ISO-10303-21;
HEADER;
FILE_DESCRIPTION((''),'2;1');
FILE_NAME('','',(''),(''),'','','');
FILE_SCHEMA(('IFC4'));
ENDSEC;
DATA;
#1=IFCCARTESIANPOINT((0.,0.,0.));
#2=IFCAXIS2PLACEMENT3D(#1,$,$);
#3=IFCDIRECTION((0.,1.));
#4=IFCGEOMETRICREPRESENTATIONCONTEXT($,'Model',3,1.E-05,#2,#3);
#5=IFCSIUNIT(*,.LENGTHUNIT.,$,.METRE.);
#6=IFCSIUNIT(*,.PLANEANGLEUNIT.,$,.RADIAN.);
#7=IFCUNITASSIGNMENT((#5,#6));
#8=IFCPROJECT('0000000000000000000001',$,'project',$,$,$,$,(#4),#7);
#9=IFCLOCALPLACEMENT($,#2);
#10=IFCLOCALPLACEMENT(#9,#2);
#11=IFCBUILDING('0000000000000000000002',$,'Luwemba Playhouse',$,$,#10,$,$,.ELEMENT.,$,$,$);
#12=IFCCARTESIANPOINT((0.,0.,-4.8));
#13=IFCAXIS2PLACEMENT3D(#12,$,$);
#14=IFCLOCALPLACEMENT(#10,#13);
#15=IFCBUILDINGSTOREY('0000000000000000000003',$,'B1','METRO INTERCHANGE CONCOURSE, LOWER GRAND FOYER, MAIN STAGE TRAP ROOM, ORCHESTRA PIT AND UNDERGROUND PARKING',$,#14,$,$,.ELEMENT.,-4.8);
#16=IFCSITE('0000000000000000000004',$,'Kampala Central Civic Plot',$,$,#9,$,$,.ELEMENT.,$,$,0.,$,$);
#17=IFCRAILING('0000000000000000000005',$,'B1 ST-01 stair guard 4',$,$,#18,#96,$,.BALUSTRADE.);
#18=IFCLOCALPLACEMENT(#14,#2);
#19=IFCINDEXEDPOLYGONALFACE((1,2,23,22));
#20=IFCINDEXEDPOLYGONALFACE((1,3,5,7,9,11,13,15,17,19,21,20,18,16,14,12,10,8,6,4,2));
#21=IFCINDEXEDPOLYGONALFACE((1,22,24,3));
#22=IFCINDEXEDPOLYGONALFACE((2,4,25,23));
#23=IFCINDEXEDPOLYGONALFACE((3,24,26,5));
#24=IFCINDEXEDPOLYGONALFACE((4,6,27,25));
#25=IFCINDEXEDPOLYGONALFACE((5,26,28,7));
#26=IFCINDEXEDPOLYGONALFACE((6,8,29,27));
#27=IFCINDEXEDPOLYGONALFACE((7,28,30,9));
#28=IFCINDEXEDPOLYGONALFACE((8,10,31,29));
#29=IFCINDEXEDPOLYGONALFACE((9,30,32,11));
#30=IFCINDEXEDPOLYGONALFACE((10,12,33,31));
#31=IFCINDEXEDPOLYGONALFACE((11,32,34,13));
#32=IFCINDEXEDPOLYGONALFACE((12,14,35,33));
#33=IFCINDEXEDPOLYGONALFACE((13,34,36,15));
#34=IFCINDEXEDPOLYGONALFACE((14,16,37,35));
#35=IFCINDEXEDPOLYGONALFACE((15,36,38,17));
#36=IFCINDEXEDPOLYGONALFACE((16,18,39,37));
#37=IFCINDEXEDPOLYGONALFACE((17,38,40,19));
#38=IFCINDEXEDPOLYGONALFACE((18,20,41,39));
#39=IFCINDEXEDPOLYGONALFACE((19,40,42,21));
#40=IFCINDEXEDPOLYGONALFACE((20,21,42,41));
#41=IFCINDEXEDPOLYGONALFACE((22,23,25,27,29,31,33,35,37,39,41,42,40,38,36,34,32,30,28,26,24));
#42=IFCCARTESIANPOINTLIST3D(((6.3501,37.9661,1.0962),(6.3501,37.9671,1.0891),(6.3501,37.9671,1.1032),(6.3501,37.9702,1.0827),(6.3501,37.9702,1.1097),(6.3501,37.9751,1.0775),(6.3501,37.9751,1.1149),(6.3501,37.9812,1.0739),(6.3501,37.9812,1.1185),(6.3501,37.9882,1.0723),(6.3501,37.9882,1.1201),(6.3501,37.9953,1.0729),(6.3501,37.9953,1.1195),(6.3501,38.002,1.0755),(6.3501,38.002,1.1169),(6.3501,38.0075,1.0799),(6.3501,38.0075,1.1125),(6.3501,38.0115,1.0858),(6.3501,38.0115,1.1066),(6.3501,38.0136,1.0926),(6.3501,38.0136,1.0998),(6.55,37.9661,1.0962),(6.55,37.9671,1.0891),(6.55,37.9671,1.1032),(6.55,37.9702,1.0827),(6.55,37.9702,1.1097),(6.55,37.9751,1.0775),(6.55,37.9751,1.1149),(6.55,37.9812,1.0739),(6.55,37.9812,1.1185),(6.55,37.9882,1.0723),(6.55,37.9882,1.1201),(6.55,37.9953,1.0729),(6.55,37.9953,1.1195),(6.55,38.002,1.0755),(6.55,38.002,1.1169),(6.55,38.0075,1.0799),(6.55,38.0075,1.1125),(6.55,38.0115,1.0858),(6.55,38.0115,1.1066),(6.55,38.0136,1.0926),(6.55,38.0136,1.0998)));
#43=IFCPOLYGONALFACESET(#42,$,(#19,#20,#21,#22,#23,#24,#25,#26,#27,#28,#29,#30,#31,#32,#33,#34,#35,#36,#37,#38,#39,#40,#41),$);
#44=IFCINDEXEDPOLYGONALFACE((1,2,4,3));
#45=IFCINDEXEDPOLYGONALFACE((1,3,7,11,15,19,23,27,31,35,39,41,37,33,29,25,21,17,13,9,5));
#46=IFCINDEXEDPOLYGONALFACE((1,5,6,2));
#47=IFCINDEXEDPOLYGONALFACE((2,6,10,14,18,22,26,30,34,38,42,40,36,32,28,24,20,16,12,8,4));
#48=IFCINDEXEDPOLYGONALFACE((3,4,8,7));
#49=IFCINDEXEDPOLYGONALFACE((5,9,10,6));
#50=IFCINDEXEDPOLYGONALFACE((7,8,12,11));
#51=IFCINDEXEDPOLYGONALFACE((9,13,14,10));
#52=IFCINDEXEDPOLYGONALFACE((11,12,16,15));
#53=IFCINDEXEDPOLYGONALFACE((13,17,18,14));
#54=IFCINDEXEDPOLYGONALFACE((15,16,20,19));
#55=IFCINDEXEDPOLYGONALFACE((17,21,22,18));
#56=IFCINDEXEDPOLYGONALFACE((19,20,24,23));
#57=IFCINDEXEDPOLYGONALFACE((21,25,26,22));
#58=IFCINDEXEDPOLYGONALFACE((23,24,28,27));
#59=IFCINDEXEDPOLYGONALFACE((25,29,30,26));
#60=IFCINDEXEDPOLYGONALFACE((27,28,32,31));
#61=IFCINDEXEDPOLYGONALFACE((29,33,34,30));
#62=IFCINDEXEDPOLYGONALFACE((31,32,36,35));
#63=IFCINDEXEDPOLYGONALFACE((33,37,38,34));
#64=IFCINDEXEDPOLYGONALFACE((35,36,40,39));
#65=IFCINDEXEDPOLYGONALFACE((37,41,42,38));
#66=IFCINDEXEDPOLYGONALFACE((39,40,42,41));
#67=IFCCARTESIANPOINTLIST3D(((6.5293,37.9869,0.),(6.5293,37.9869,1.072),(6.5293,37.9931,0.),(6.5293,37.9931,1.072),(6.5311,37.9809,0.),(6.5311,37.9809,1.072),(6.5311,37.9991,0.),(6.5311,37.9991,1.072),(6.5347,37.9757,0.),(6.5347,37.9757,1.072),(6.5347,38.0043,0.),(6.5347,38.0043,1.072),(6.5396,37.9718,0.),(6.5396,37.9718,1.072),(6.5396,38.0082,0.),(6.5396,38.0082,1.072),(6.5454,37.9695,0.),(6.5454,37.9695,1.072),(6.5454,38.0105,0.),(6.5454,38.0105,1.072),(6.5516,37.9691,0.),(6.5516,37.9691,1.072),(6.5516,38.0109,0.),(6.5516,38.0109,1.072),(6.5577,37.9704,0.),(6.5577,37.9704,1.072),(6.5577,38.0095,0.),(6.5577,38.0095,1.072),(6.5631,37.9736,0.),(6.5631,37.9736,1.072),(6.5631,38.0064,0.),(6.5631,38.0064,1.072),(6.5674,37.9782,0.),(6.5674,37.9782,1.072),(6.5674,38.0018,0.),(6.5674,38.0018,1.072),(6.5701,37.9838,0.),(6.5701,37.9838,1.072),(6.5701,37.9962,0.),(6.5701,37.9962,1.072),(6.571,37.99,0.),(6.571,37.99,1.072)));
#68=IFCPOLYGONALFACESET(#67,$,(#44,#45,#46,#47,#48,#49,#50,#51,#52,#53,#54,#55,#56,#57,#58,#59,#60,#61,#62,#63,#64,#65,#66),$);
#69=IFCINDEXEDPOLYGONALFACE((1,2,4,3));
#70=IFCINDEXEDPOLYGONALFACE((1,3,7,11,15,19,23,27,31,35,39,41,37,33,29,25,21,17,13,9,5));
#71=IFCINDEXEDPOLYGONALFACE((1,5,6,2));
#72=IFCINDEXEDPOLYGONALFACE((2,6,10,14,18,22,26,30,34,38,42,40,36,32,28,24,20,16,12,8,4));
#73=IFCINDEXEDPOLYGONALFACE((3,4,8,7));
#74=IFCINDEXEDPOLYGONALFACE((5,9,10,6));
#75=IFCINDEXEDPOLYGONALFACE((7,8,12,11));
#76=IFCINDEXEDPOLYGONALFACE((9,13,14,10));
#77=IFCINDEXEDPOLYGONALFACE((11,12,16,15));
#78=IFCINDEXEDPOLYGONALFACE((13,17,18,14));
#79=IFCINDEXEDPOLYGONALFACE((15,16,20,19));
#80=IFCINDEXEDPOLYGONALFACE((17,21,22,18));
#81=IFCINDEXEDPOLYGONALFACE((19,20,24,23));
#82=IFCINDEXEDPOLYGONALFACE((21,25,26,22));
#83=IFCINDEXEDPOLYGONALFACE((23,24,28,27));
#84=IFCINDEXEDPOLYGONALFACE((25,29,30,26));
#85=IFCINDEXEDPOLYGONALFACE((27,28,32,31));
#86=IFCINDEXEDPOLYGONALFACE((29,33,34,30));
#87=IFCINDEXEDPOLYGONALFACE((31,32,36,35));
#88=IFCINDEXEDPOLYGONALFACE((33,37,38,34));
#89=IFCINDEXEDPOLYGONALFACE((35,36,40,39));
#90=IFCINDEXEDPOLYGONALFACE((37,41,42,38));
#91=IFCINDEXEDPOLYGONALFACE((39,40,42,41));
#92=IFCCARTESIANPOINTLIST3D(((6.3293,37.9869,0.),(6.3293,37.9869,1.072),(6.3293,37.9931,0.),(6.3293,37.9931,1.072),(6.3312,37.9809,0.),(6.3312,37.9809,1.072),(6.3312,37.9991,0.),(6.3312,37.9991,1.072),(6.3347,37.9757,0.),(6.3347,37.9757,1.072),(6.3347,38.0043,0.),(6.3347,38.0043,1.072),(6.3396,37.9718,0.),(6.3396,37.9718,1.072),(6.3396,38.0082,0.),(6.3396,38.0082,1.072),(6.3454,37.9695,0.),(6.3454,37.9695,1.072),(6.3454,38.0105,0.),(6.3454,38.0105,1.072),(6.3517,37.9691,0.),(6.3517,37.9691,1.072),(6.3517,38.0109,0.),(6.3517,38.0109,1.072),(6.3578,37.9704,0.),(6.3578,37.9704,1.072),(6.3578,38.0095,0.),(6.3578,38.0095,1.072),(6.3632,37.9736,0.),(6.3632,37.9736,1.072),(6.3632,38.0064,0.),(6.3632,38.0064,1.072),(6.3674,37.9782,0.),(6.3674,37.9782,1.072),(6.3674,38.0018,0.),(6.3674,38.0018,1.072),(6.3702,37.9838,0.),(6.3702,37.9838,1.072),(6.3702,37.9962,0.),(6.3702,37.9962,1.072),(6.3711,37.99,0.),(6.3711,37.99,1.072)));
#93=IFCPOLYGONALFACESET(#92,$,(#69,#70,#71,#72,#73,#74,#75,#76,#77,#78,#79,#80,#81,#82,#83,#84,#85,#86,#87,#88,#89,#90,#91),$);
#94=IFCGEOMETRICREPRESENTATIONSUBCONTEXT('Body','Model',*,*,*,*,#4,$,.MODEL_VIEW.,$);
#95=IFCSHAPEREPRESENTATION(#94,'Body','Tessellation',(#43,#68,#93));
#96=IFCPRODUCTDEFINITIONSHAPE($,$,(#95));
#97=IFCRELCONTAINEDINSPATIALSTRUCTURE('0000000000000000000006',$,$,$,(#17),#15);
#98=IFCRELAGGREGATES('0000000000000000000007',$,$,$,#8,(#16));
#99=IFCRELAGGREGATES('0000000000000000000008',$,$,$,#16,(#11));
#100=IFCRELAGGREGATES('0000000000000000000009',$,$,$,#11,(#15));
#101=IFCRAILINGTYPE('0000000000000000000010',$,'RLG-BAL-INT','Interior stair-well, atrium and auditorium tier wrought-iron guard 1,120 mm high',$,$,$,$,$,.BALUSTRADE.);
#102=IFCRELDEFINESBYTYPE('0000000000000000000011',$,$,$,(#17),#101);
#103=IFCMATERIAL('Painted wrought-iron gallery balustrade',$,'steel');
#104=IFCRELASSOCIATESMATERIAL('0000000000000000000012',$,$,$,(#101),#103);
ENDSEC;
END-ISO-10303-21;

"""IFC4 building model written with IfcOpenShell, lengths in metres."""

from ifc_helpers import new_model, si_unit, direction, frame, origin, origin_2d, place, context, subcontext, project, spatial, circle, extrude, material, type_object, element, save


model = new_model("IFC4")

# Units and contexts
model_context = context("Model", 3, precision=1e-05, world=origin(), true_north=direction((0.0, 1.0)))
body_context = subcontext(model_context, "Body", "Model", "MODEL_VIEW")
ifc_project = project(units=[si_unit("LENGTHUNIT", "METRE"), si_unit("PLANEANGLEUNIT", "RADIAN")], contexts=[model_context])

# Site, building, storey
site_placement = place(None, origin())
site = spatial("IfcSite", under=ifc_project, at=site_placement, Name="Kampala Central Civic Plot", CompositionType="ELEMENT", RefElevation=0.0)
building_placement = place(site_placement, origin())
building = spatial("IfcBuilding", under=site, at=building_placement, Name="Luwemba Playhouse", CompositionType="ELEMENT")
storey_placement = place(building_placement, frame((0.0, 0.0, -4.8)))
storey = spatial("IfcBuildingStorey", under=building, at=storey_placement, Name="B1", Description="METRO INTERCHANGE CONCOURSE, LOWER GRAND FOYER, MAIN STAGE TRAP ROOM, ORCHESTRA PIT AND UNDERGROUND PARKING", CompositionType="ELEMENT", Elevation=-4.8)

# Railing
ifc_material_1 = material(Name="Painted wrought-iron gallery balustrade", Category="steel")
railing_type_1 = type_object("IfcRailingType", Name="RLG-BAL-INT", Description="Interior stair-well, atrium and auditorium tier wrought-iron guard 1,120 mm high", PredefinedType="BALUSTRADE", material=ifc_material_1)
railing_1_placement = place(storey_placement, frame((6.55, 37.99, 0.0)))
element("IfcRailing", 1, at=railing_1_placement, inside=storey, type_object=railing_type_1, Name="B1 ST-01 stair guard 4", PredefinedType="BALUSTRADE", context=body_context, shape_type="SweptSolid", body=[
    extrude(circle(Radius=0.0239, at=origin_2d()), frame((0.0, 0.0, 1.0962), z_axis=(-1.0, 0.0, 0.0), x_axis=(0.0, -1.0, 0.0)), (0.0, 0.0, 1.0), 0.2),
    extrude(circle(Radius=0.021, at=origin_2d()), origin(), (0.0, 0.0, 1.0), 1.072),
    extrude(circle(Radius=0.021, at=origin_2d()), frame((-0.2, 0.0, 0.0)), (0.0, 0.0, 1.0), 1.072),
])

save(model, "model.ifc")
